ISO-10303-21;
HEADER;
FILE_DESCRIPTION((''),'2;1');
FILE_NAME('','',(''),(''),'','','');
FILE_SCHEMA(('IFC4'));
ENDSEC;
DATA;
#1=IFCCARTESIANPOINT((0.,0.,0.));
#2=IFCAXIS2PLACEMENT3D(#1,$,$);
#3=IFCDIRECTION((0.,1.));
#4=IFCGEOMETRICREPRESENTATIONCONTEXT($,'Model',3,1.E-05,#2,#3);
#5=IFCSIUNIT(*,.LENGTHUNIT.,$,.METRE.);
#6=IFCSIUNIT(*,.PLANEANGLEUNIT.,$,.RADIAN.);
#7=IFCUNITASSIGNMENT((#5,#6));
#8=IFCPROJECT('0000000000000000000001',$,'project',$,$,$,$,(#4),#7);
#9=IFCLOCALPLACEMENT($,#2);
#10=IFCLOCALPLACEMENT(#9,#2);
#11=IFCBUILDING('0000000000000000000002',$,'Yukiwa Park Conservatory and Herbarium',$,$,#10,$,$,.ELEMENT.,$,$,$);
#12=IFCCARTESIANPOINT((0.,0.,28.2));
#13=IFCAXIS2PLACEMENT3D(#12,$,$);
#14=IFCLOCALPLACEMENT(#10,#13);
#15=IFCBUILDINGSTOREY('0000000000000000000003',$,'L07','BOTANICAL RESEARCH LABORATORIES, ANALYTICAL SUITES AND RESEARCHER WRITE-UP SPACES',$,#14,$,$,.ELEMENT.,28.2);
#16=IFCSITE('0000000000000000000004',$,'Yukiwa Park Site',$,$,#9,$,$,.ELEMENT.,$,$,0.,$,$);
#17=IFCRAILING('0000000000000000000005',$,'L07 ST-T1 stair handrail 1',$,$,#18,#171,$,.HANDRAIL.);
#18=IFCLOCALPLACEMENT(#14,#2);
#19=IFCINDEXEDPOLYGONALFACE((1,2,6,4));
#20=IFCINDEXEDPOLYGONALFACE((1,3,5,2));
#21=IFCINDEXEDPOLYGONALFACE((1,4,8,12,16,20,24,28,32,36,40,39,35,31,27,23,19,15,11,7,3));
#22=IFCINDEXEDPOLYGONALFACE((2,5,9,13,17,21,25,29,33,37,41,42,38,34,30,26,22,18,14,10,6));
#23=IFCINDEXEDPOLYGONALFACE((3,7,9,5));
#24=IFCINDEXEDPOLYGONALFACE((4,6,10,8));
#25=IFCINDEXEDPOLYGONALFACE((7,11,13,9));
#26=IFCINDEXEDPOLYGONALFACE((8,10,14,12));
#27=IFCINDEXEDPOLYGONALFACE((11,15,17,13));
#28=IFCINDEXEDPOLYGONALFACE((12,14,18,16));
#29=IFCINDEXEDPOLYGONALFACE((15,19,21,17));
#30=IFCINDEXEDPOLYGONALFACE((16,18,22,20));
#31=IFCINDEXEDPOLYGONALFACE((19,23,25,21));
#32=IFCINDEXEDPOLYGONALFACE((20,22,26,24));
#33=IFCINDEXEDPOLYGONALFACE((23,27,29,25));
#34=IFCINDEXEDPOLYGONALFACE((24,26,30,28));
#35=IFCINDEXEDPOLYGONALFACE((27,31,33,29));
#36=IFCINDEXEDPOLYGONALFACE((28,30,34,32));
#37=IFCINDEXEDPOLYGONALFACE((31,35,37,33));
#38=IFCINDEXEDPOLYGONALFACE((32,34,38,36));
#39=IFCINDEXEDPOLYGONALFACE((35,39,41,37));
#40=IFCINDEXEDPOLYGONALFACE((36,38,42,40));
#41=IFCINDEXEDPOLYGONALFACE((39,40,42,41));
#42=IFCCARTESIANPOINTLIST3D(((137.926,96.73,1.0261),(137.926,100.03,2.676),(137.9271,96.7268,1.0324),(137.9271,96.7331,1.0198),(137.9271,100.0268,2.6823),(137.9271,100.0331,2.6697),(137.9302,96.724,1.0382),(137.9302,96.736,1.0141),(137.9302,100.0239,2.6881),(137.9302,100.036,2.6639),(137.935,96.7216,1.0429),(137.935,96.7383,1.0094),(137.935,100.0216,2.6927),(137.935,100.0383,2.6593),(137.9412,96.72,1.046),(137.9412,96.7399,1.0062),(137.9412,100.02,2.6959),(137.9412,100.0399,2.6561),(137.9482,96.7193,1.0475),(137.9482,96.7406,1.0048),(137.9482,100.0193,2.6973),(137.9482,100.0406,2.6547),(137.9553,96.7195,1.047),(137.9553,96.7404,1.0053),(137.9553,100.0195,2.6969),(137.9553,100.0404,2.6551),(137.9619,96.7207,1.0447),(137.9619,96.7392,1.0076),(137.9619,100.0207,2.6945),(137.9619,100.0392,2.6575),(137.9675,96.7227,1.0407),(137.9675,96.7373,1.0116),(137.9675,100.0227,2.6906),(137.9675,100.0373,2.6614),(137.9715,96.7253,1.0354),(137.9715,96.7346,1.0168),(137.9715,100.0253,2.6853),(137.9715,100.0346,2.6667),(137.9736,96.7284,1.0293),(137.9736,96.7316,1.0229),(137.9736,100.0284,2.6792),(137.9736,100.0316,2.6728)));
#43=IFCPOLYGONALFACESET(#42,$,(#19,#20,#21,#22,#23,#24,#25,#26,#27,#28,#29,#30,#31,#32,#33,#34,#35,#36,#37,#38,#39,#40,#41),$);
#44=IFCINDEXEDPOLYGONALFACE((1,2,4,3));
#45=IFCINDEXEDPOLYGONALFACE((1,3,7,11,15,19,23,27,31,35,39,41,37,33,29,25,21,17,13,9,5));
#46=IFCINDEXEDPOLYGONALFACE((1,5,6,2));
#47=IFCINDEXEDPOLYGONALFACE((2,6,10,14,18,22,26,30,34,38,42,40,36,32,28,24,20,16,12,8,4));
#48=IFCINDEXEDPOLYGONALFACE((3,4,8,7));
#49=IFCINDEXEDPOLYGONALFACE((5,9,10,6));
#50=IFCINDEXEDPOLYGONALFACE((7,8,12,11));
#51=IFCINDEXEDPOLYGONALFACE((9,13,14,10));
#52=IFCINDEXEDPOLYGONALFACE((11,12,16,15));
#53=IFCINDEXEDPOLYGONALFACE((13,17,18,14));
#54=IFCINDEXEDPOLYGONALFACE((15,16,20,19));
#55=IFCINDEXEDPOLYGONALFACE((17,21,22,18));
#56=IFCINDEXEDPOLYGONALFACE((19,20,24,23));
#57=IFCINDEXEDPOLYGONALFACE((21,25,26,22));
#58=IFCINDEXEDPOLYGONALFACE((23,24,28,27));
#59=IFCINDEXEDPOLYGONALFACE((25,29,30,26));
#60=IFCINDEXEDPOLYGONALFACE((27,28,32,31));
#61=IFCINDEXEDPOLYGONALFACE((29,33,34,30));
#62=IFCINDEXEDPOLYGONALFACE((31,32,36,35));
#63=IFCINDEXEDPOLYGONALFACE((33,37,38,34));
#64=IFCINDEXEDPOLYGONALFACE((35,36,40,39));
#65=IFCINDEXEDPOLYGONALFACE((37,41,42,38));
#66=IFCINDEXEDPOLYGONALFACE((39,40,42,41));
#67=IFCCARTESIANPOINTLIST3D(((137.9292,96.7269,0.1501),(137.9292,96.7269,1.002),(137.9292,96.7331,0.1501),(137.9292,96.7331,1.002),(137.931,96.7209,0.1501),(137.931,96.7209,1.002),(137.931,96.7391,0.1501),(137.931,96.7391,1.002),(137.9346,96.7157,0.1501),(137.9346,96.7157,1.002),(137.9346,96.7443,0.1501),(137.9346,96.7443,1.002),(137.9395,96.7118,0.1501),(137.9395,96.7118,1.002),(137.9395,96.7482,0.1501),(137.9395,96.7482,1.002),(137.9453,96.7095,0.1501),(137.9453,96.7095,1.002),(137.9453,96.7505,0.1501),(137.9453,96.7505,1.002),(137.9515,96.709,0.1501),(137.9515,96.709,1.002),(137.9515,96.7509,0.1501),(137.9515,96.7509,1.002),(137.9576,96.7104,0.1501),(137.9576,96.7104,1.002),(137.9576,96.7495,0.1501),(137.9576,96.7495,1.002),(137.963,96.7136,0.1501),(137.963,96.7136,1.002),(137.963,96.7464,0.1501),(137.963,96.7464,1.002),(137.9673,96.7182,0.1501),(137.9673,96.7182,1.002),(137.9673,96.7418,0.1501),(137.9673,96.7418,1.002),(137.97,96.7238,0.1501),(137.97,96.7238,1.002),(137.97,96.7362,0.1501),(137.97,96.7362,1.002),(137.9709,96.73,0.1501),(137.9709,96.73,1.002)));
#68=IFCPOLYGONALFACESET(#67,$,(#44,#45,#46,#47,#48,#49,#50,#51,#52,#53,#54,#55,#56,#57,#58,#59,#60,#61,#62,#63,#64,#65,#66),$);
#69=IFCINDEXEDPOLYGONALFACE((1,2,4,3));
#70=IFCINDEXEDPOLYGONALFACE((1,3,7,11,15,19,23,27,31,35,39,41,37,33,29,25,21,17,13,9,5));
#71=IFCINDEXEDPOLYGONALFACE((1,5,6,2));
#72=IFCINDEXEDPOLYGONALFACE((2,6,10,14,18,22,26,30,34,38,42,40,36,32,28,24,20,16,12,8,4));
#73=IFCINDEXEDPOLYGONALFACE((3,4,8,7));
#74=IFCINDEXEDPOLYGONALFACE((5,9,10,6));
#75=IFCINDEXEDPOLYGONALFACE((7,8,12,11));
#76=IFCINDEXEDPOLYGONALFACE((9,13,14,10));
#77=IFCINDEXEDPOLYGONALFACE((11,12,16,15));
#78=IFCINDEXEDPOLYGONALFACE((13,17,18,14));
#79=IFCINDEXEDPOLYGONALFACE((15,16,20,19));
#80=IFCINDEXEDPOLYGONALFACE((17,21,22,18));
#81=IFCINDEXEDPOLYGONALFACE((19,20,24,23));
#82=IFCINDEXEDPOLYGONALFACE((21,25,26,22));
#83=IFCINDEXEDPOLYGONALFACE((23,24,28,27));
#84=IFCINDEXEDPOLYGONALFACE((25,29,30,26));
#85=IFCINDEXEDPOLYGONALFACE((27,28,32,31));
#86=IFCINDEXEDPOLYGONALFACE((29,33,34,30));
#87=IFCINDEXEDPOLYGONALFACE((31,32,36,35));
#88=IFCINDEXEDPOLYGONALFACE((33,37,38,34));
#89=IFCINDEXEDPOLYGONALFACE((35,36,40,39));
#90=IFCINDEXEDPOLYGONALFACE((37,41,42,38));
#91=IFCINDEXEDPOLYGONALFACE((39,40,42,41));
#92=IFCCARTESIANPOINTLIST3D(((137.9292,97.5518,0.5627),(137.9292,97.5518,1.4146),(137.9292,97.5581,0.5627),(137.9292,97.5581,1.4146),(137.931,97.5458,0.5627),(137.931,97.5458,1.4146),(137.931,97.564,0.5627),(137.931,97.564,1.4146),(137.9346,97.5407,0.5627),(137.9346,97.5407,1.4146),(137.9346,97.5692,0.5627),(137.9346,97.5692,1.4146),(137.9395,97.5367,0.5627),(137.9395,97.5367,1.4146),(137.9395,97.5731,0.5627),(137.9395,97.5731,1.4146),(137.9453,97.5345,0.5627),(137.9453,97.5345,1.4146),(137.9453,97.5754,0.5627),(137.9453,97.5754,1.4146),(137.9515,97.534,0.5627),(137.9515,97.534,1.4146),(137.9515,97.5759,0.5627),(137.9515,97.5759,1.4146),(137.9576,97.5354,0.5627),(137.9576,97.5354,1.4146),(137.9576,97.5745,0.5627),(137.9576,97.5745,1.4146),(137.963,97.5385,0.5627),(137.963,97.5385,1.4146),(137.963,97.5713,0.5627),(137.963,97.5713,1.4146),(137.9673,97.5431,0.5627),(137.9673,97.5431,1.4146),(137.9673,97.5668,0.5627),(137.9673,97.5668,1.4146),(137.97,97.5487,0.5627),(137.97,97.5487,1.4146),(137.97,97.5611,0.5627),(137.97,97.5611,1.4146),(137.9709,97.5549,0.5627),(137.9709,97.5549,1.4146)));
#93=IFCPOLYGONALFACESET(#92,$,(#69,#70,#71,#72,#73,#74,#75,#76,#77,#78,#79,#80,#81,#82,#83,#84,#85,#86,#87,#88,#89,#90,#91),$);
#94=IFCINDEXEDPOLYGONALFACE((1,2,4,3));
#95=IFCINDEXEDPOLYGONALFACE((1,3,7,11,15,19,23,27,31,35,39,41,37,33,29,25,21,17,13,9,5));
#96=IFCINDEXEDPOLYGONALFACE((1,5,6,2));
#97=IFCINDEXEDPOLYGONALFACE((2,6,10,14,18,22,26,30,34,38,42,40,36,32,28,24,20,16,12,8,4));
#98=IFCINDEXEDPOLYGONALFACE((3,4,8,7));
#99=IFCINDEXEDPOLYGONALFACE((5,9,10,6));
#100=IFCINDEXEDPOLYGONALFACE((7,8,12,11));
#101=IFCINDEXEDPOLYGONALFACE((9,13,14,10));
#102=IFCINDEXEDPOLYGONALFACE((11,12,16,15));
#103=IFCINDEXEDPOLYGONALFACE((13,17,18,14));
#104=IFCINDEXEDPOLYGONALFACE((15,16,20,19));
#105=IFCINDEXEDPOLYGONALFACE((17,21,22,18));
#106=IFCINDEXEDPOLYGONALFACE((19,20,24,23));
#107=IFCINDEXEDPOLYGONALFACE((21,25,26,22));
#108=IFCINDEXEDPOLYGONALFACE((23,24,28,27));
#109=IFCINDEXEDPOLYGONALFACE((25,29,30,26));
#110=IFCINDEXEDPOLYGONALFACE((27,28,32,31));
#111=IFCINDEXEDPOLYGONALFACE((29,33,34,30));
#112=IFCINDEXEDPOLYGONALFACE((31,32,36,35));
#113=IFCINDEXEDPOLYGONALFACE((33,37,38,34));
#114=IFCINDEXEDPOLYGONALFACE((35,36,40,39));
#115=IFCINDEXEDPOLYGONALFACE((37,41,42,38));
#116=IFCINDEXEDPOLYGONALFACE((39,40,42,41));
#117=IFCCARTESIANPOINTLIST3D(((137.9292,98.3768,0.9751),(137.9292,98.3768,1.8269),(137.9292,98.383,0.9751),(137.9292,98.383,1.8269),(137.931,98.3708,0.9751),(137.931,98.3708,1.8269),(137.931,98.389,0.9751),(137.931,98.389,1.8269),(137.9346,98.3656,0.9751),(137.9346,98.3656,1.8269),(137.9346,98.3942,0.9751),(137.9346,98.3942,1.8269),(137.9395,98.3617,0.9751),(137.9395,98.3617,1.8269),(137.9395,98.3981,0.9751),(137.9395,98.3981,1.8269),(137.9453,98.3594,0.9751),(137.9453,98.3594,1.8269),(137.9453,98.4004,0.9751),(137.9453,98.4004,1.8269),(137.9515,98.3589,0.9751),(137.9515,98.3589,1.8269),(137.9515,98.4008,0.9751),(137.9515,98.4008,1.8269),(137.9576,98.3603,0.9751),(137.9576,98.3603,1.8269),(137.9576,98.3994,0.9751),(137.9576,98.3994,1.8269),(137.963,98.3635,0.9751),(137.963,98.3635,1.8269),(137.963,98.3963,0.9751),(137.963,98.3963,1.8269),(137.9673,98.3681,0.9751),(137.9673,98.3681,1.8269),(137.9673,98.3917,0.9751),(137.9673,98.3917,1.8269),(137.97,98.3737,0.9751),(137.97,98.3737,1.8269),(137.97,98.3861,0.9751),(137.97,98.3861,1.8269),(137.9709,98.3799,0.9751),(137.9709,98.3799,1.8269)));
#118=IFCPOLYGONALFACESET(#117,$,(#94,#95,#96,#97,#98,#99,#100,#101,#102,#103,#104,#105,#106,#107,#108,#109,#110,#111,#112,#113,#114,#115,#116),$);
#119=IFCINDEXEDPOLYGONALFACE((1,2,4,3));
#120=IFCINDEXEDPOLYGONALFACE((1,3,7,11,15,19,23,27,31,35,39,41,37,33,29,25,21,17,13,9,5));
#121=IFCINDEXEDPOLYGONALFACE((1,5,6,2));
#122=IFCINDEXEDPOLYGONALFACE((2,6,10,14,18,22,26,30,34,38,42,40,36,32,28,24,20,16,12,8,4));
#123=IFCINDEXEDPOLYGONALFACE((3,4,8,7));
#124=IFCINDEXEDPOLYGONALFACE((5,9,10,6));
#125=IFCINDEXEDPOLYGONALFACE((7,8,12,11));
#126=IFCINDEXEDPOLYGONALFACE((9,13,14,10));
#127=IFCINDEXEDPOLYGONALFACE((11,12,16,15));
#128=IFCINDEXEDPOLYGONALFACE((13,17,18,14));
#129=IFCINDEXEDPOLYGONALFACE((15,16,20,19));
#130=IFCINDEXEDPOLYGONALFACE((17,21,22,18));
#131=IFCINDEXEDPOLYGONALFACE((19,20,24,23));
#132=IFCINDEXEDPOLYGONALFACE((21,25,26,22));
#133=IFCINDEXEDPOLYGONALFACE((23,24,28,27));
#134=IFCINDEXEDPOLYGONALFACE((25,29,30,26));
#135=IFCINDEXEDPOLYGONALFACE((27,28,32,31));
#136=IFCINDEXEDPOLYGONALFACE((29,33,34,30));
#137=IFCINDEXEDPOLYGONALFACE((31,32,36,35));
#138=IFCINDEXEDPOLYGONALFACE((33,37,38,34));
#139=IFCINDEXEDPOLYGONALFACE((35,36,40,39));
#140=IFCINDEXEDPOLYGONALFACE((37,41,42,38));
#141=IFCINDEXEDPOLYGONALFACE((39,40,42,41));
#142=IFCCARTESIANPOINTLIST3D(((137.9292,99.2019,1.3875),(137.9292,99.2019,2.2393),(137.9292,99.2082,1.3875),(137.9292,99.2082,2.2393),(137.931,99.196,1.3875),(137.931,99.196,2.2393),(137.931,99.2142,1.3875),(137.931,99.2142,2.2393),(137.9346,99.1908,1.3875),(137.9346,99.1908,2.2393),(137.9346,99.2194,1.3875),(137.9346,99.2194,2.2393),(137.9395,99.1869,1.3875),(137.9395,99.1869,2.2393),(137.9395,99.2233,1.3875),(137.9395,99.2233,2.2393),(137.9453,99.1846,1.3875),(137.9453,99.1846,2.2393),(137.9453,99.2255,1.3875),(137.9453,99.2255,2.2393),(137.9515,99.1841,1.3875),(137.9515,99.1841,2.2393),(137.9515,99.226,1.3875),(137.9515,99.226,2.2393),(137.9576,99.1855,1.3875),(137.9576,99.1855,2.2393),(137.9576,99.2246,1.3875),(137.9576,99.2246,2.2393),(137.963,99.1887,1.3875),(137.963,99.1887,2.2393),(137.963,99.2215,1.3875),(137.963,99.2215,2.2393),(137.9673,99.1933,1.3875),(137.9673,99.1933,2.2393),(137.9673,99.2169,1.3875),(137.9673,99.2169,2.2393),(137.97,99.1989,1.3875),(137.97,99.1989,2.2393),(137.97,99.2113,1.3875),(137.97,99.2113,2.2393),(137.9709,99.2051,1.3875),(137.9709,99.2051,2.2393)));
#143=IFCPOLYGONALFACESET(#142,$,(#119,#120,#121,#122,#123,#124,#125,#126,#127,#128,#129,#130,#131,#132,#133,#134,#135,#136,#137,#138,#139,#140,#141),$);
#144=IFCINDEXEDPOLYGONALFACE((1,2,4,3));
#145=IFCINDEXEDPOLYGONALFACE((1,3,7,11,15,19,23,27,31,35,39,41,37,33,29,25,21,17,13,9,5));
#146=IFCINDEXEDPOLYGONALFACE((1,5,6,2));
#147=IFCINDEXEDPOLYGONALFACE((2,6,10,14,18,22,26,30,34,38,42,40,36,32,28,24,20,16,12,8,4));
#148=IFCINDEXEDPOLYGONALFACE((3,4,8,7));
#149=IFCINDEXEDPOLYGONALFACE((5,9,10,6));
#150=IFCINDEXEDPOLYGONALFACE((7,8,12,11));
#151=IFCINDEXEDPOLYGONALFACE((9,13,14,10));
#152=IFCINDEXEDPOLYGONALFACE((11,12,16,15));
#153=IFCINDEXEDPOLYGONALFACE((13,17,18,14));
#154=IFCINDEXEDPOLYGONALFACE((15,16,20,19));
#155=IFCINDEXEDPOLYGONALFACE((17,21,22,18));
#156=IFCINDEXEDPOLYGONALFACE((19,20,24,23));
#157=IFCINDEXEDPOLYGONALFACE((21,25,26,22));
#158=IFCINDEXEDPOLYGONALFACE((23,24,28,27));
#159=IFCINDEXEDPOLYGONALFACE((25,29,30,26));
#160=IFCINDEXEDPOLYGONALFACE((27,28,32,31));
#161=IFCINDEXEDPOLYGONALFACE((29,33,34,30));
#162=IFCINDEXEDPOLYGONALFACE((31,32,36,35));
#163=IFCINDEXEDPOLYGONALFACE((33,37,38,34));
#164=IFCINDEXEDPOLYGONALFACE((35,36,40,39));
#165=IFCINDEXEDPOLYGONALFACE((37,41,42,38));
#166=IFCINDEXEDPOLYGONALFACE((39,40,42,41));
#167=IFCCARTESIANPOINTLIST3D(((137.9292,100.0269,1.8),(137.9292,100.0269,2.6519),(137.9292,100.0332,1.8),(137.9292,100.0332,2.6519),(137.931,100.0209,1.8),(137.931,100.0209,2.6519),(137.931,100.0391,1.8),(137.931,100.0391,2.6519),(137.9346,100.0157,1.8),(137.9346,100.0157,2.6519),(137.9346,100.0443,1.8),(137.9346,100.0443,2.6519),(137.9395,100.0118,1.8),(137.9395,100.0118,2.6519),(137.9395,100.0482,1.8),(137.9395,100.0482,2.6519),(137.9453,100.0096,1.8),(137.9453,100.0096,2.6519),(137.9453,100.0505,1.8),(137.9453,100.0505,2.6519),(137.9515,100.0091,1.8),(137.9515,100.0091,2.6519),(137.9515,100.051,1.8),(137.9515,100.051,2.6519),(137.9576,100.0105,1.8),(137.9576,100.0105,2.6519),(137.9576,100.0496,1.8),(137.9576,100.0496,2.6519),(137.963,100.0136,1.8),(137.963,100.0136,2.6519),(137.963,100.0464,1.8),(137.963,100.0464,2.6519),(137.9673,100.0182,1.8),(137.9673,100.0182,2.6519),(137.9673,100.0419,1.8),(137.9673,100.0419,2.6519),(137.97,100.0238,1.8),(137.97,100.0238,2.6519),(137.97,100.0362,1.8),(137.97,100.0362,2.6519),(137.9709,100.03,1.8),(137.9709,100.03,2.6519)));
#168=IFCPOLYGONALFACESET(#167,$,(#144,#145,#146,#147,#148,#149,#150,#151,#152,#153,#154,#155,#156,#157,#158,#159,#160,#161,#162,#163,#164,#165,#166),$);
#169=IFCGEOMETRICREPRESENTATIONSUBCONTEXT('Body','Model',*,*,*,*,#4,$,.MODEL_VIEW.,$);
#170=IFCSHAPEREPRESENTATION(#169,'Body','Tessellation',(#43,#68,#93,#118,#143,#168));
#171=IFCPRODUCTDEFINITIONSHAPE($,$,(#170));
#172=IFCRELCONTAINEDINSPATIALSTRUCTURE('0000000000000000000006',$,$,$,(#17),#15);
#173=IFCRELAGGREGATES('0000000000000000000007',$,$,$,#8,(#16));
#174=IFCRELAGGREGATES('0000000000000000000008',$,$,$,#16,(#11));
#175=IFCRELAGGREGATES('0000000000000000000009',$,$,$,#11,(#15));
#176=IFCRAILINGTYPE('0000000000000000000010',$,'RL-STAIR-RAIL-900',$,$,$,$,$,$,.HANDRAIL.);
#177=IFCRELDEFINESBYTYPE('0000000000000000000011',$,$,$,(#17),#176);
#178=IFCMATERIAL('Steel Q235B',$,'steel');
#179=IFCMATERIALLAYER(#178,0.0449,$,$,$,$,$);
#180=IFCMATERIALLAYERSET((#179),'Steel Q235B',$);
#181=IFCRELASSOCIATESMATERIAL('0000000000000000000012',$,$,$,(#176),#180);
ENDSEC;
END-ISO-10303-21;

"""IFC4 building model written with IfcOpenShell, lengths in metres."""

from ifc_helpers import new_model, si_unit, direction, frame, origin, origin_2d, place, context, subcontext, project, spatial, circle, extrude, material, layer, layer_set, type_object, element, save


model = new_model("IFC4")

# Units and contexts
model_context = context("Model", 3, precision=1e-05, world=origin(), true_north=direction((0.0, 1.0)))
body_context = subcontext(model_context, "Body", "Model", "MODEL_VIEW")
ifc_project = project(units=[si_unit("LENGTHUNIT", "METRE"), si_unit("PLANEANGLEUNIT", "RADIAN")], contexts=[model_context])

# Site, building, storey
site_placement = place(None, origin())
site = spatial("IfcSite", under=ifc_project, at=site_placement, Name="Yukiwa Park Site", CompositionType="ELEMENT", RefElevation=0.0)
building_placement = place(site_placement, origin())
building = spatial("IfcBuilding", under=site, at=building_placement, Name="Yukiwa Park Conservatory and Herbarium", CompositionType="ELEMENT")
storey_placement = place(building_placement, frame((0.0, 0.0, 28.2)))
storey = spatial("IfcBuildingStorey", under=building, at=storey_placement, Name="L07", Description="BOTANICAL RESEARCH LABORATORIES, ANALYTICAL SUITES AND RESEARCHER WRITE-UP SPACES", CompositionType="ELEMENT", Elevation=28.2)

# Railing
ifc_material_1 = material(Name="Steel Q235B", Category="steel")
ifc_layer_1 = layer(ifc_material_1, 0.0449)
ifc_layer_set_1 = layer_set([ifc_layer_1], Name="Steel Q235B")
railing_type_1 = type_object("IfcRailingType", Name="RL-STAIR-RAIL-900", PredefinedType="HANDRAIL", material=ifc_layer_set_1)
railing_1_placement = place(storey_placement, frame((137.95, 96.73, 0.1501)))
element("IfcRailing", 1, at=railing_1_placement, inside=storey, type_object=railing_type_1, Name="L07 ST-T1 stair handrail 1", PredefinedType="HANDRAIL", context=body_context, shape_type="SweptSolid", body=[
    extrude(circle(Radius=0.0239, at=origin_2d()), frame((0.0, 0.0, 0.876), z_axis=(0.0, 0.89444, 0.447187), x_axis=(-1.0, 0.0, 0.0)), (0.0, 0.0, 1.0), 3.6895),
    extrude(circle(Radius=0.021, at=origin_2d()), origin(), (0.0, 0.0, 1.0), 0.8518),
    extrude(circle(Radius=0.021, at=origin_2d()), frame((0.0, 0.825, 0.4126)), (0.0, 0.0, 1.0), 0.8518),
    extrude(circle(Radius=0.021, at=origin_2d()), frame((0.0, 1.6499, 0.825)), (0.0, 0.0, 1.0), 0.8518),
    extrude(circle(Radius=0.021, at=origin_2d()), frame((0.0, 2.4751, 1.2373)), (0.0, 0.0, 1.0), 0.8518),
    extrude(circle(Radius=0.021, at=origin_2d()), frame((0.0, 3.3, 1.6499)), (0.0, 0.0, 1.0), 0.8518),
])

save(model, "model.ifc")
